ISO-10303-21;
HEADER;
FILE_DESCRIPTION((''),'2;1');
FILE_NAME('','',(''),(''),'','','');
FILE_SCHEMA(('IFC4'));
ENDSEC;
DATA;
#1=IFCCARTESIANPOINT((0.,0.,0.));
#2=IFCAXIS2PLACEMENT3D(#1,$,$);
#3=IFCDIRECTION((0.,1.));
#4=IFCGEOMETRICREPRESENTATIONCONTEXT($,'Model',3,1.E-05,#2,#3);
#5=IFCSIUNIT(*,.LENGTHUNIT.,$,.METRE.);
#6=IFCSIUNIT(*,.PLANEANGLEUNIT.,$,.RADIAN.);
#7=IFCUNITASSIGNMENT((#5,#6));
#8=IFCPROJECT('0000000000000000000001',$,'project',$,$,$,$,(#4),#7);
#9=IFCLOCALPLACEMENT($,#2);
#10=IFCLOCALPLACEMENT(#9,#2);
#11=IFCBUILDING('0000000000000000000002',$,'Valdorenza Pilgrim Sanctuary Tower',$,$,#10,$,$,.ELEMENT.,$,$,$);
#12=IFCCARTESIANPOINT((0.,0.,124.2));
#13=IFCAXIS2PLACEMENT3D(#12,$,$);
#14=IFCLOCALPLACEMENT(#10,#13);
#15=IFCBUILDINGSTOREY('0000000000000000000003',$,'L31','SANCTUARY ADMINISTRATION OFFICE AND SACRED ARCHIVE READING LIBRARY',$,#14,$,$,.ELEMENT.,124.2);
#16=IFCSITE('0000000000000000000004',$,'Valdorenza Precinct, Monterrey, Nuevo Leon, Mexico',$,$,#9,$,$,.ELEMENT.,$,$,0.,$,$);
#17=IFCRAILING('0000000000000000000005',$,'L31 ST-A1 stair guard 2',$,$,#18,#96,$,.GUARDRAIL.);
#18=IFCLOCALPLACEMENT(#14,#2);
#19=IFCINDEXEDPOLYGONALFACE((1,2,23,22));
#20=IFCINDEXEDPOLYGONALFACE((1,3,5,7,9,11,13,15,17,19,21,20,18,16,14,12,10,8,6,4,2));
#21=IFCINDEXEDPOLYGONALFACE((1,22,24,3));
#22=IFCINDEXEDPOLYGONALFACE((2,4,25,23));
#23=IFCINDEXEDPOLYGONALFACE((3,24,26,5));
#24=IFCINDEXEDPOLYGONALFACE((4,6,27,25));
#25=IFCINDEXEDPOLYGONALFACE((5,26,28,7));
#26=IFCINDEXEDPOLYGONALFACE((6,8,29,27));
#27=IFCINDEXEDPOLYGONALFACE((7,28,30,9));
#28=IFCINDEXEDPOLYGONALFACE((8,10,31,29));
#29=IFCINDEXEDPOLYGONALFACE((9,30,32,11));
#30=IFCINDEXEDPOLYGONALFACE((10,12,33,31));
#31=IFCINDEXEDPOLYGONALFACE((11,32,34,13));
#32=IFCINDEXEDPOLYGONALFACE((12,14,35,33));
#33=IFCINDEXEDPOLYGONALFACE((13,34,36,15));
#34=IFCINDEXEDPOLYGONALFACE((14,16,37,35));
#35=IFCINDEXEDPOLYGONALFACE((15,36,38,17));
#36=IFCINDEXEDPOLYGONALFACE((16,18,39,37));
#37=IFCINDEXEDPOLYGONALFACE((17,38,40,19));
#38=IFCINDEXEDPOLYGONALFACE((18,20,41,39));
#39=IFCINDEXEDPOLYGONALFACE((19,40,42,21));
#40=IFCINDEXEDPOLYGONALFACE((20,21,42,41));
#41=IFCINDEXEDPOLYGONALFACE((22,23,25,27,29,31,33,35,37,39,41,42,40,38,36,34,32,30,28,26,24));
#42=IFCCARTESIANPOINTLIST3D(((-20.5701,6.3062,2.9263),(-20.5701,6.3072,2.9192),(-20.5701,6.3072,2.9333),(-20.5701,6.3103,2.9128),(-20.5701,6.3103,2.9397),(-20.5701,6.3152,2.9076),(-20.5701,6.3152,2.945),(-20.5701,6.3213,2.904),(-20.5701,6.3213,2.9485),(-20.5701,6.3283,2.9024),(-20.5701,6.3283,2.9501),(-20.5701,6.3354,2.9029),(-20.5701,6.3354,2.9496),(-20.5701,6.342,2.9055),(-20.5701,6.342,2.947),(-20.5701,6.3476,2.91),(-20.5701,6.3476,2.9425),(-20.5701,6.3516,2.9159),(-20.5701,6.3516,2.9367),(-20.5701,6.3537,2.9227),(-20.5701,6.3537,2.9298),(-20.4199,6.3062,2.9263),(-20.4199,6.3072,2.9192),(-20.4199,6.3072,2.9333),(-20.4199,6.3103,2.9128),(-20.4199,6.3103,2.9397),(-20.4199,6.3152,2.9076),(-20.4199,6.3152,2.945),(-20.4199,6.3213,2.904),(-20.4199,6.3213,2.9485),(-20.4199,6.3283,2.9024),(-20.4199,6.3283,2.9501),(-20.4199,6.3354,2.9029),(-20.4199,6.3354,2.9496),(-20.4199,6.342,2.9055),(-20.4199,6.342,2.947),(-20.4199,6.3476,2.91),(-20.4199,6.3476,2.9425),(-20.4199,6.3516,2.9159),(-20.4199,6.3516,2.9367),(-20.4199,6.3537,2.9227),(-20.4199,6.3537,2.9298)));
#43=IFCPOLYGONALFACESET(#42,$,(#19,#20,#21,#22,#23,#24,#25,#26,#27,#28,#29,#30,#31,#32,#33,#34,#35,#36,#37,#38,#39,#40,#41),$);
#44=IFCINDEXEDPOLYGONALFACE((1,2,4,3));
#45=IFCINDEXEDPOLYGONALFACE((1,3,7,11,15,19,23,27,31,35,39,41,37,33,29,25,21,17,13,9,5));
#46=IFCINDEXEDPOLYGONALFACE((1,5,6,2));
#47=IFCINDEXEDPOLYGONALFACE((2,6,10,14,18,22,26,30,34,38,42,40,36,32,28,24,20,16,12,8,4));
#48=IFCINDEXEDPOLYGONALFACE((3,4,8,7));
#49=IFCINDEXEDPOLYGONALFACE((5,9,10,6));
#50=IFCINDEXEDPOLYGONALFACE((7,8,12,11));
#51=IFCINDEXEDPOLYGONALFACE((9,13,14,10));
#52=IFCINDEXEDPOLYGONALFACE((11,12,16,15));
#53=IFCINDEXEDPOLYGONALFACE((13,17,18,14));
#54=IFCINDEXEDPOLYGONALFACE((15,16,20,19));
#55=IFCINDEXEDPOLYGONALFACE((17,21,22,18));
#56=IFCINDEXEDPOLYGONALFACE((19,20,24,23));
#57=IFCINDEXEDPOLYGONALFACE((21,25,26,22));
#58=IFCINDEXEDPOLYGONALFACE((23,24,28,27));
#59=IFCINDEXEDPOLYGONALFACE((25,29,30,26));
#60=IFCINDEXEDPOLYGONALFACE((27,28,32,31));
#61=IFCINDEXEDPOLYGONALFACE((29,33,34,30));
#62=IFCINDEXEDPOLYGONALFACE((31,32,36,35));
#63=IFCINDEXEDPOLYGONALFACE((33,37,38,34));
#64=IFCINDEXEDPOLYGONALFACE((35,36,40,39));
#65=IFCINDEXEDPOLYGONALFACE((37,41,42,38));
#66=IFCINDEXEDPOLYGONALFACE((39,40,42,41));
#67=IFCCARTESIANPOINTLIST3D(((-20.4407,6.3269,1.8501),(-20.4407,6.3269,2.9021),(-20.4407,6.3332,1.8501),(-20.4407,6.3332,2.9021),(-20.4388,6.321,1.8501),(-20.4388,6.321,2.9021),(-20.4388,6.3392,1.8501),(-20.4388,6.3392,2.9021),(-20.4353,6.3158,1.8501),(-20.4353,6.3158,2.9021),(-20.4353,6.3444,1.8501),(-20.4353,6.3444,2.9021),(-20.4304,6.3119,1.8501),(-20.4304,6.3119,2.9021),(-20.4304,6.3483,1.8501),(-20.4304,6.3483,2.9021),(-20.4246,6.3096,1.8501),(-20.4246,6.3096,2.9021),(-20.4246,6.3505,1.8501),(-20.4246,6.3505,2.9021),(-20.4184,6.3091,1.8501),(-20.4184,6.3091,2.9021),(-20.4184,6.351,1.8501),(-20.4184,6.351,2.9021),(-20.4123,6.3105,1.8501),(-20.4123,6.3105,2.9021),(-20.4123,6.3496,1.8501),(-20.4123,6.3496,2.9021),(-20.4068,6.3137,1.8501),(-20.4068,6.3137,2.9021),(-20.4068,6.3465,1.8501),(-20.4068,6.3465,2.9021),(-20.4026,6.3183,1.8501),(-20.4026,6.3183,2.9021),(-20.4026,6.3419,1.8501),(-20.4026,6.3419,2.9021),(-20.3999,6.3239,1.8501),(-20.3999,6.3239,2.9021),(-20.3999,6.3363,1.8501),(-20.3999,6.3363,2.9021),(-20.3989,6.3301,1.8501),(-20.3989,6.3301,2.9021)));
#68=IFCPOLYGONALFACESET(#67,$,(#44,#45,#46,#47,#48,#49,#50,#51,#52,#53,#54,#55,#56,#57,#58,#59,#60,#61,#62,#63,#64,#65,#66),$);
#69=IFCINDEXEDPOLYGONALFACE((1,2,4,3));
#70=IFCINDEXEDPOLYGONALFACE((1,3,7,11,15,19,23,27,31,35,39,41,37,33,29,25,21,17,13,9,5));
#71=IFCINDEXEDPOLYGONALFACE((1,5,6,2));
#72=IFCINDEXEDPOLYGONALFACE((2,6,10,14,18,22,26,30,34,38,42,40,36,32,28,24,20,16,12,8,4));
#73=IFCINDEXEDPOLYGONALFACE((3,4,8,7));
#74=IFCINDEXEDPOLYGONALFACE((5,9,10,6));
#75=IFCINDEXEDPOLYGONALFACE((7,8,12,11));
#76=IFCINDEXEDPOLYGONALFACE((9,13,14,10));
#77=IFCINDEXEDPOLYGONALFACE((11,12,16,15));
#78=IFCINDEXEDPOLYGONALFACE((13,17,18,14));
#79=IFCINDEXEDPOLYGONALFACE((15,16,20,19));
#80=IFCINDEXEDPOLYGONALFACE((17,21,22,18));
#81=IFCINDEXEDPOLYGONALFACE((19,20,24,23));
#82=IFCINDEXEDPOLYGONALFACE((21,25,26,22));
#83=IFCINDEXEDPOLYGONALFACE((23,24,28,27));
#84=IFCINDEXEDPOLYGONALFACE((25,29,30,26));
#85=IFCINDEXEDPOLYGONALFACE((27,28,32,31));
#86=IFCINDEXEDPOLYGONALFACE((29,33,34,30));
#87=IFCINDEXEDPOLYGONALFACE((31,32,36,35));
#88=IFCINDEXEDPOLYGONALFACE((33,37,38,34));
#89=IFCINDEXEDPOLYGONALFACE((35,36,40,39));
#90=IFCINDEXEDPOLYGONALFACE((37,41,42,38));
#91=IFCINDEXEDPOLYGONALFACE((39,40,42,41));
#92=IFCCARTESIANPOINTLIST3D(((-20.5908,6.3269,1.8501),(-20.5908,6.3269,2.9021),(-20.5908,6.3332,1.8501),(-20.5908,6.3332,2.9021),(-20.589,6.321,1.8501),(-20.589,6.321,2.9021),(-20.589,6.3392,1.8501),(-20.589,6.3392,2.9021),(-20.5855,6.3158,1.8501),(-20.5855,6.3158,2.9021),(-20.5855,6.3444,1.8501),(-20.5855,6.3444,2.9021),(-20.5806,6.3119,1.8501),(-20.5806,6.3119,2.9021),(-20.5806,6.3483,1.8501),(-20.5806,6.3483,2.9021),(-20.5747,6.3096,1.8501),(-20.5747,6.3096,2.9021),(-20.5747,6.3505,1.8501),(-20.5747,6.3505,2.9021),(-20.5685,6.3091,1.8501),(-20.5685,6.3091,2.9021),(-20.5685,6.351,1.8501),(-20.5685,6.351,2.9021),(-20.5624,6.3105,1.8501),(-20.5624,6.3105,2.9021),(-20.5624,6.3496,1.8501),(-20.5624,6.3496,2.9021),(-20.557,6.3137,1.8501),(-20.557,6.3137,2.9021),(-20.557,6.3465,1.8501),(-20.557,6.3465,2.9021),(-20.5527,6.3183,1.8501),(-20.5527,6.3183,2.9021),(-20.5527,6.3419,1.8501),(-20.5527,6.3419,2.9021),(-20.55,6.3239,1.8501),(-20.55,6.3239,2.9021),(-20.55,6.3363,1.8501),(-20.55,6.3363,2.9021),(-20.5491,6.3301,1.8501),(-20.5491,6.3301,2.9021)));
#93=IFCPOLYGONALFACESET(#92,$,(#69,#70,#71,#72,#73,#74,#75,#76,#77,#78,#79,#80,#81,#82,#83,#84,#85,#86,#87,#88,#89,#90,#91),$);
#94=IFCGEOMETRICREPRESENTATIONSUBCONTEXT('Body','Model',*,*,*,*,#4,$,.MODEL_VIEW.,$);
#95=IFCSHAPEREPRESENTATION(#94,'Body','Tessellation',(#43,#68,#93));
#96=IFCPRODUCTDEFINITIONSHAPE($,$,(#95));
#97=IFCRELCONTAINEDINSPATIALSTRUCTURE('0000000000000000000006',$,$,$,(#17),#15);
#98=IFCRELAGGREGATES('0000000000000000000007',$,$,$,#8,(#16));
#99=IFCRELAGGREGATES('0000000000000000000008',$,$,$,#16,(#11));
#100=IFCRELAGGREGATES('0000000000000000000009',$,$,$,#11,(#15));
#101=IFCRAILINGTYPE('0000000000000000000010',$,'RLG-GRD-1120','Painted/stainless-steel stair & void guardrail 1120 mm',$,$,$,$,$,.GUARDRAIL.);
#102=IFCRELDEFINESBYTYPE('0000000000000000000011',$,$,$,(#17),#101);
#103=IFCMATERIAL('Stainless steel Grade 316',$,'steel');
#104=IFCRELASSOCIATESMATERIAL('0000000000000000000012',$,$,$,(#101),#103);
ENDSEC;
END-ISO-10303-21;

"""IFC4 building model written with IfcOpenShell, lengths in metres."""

from ifc_helpers import new_model, si_unit, direction, frame, origin, origin_2d, place, context, subcontext, project, spatial, circle, extrude, material, type_object, element, save


model = new_model("IFC4")

# Units and contexts
model_context = context("Model", 3, precision=1e-05, world=origin(), true_north=direction((0.0, 1.0)))
body_context = subcontext(model_context, "Body", "Model", "MODEL_VIEW")
ifc_project = project(units=[si_unit("LENGTHUNIT", "METRE"), si_unit("PLANEANGLEUNIT", "RADIAN")], contexts=[model_context])

# Site, building, storey
site_placement = place(None, origin())
site = spatial("IfcSite", under=ifc_project, at=site_placement, Name="Valdorenza Precinct, Monterrey, Nuevo Leon, Mexico", CompositionType="ELEMENT", RefElevation=0.0)
building_placement = place(site_placement, origin())
building = spatial("IfcBuilding", under=site, at=building_placement, Name="Valdorenza Pilgrim Sanctuary Tower", CompositionType="ELEMENT")
storey_placement = place(building_placement, frame((0.0, 0.0, 124.2)))
storey = spatial("IfcBuildingStorey", under=building, at=storey_placement, Name="L31", Description="SANCTUARY ADMINISTRATION OFFICE AND SACRED ARCHIVE READING LIBRARY", CompositionType="ELEMENT", Elevation=124.2)

# Railing
ifc_material_1 = material(Name="Stainless steel Grade 316", Category="steel")
railing_type_1 = type_object("IfcRailingType", Name="RLG-GRD-1120", Description="Painted/stainless-steel stair & void guardrail 1120 mm", PredefinedType="GUARDRAIL", material=ifc_material_1)
railing_1_placement = place(storey_placement, frame((-20.4199, 6.3301, 1.8501)))
element("IfcRailing", 1, at=railing_1_placement, inside=storey, type_object=railing_type_1, Name="L31 ST-A1 stair guard 2", PredefinedType="GUARDRAIL", context=body_context, shape_type="SweptSolid", body=[
    extrude(circle(Radius=0.0239, at=origin_2d()), frame((0.0, 0.0, 1.0762), z_axis=(-1.0, 0.0, 0.0), x_axis=(0.0, -1.0, 0.0)), (0.0, 0.0, 1.0), 0.1501),
    extrude(circle(Radius=0.021, at=origin_2d()), origin(), (0.0, 0.0, 1.0), 1.052),
    extrude(circle(Radius=0.021, at=origin_2d()), frame((-0.1501, 0.0, 0.0)), (0.0, 0.0, 1.0), 1.052),
])

save(model, "model.ifc")
